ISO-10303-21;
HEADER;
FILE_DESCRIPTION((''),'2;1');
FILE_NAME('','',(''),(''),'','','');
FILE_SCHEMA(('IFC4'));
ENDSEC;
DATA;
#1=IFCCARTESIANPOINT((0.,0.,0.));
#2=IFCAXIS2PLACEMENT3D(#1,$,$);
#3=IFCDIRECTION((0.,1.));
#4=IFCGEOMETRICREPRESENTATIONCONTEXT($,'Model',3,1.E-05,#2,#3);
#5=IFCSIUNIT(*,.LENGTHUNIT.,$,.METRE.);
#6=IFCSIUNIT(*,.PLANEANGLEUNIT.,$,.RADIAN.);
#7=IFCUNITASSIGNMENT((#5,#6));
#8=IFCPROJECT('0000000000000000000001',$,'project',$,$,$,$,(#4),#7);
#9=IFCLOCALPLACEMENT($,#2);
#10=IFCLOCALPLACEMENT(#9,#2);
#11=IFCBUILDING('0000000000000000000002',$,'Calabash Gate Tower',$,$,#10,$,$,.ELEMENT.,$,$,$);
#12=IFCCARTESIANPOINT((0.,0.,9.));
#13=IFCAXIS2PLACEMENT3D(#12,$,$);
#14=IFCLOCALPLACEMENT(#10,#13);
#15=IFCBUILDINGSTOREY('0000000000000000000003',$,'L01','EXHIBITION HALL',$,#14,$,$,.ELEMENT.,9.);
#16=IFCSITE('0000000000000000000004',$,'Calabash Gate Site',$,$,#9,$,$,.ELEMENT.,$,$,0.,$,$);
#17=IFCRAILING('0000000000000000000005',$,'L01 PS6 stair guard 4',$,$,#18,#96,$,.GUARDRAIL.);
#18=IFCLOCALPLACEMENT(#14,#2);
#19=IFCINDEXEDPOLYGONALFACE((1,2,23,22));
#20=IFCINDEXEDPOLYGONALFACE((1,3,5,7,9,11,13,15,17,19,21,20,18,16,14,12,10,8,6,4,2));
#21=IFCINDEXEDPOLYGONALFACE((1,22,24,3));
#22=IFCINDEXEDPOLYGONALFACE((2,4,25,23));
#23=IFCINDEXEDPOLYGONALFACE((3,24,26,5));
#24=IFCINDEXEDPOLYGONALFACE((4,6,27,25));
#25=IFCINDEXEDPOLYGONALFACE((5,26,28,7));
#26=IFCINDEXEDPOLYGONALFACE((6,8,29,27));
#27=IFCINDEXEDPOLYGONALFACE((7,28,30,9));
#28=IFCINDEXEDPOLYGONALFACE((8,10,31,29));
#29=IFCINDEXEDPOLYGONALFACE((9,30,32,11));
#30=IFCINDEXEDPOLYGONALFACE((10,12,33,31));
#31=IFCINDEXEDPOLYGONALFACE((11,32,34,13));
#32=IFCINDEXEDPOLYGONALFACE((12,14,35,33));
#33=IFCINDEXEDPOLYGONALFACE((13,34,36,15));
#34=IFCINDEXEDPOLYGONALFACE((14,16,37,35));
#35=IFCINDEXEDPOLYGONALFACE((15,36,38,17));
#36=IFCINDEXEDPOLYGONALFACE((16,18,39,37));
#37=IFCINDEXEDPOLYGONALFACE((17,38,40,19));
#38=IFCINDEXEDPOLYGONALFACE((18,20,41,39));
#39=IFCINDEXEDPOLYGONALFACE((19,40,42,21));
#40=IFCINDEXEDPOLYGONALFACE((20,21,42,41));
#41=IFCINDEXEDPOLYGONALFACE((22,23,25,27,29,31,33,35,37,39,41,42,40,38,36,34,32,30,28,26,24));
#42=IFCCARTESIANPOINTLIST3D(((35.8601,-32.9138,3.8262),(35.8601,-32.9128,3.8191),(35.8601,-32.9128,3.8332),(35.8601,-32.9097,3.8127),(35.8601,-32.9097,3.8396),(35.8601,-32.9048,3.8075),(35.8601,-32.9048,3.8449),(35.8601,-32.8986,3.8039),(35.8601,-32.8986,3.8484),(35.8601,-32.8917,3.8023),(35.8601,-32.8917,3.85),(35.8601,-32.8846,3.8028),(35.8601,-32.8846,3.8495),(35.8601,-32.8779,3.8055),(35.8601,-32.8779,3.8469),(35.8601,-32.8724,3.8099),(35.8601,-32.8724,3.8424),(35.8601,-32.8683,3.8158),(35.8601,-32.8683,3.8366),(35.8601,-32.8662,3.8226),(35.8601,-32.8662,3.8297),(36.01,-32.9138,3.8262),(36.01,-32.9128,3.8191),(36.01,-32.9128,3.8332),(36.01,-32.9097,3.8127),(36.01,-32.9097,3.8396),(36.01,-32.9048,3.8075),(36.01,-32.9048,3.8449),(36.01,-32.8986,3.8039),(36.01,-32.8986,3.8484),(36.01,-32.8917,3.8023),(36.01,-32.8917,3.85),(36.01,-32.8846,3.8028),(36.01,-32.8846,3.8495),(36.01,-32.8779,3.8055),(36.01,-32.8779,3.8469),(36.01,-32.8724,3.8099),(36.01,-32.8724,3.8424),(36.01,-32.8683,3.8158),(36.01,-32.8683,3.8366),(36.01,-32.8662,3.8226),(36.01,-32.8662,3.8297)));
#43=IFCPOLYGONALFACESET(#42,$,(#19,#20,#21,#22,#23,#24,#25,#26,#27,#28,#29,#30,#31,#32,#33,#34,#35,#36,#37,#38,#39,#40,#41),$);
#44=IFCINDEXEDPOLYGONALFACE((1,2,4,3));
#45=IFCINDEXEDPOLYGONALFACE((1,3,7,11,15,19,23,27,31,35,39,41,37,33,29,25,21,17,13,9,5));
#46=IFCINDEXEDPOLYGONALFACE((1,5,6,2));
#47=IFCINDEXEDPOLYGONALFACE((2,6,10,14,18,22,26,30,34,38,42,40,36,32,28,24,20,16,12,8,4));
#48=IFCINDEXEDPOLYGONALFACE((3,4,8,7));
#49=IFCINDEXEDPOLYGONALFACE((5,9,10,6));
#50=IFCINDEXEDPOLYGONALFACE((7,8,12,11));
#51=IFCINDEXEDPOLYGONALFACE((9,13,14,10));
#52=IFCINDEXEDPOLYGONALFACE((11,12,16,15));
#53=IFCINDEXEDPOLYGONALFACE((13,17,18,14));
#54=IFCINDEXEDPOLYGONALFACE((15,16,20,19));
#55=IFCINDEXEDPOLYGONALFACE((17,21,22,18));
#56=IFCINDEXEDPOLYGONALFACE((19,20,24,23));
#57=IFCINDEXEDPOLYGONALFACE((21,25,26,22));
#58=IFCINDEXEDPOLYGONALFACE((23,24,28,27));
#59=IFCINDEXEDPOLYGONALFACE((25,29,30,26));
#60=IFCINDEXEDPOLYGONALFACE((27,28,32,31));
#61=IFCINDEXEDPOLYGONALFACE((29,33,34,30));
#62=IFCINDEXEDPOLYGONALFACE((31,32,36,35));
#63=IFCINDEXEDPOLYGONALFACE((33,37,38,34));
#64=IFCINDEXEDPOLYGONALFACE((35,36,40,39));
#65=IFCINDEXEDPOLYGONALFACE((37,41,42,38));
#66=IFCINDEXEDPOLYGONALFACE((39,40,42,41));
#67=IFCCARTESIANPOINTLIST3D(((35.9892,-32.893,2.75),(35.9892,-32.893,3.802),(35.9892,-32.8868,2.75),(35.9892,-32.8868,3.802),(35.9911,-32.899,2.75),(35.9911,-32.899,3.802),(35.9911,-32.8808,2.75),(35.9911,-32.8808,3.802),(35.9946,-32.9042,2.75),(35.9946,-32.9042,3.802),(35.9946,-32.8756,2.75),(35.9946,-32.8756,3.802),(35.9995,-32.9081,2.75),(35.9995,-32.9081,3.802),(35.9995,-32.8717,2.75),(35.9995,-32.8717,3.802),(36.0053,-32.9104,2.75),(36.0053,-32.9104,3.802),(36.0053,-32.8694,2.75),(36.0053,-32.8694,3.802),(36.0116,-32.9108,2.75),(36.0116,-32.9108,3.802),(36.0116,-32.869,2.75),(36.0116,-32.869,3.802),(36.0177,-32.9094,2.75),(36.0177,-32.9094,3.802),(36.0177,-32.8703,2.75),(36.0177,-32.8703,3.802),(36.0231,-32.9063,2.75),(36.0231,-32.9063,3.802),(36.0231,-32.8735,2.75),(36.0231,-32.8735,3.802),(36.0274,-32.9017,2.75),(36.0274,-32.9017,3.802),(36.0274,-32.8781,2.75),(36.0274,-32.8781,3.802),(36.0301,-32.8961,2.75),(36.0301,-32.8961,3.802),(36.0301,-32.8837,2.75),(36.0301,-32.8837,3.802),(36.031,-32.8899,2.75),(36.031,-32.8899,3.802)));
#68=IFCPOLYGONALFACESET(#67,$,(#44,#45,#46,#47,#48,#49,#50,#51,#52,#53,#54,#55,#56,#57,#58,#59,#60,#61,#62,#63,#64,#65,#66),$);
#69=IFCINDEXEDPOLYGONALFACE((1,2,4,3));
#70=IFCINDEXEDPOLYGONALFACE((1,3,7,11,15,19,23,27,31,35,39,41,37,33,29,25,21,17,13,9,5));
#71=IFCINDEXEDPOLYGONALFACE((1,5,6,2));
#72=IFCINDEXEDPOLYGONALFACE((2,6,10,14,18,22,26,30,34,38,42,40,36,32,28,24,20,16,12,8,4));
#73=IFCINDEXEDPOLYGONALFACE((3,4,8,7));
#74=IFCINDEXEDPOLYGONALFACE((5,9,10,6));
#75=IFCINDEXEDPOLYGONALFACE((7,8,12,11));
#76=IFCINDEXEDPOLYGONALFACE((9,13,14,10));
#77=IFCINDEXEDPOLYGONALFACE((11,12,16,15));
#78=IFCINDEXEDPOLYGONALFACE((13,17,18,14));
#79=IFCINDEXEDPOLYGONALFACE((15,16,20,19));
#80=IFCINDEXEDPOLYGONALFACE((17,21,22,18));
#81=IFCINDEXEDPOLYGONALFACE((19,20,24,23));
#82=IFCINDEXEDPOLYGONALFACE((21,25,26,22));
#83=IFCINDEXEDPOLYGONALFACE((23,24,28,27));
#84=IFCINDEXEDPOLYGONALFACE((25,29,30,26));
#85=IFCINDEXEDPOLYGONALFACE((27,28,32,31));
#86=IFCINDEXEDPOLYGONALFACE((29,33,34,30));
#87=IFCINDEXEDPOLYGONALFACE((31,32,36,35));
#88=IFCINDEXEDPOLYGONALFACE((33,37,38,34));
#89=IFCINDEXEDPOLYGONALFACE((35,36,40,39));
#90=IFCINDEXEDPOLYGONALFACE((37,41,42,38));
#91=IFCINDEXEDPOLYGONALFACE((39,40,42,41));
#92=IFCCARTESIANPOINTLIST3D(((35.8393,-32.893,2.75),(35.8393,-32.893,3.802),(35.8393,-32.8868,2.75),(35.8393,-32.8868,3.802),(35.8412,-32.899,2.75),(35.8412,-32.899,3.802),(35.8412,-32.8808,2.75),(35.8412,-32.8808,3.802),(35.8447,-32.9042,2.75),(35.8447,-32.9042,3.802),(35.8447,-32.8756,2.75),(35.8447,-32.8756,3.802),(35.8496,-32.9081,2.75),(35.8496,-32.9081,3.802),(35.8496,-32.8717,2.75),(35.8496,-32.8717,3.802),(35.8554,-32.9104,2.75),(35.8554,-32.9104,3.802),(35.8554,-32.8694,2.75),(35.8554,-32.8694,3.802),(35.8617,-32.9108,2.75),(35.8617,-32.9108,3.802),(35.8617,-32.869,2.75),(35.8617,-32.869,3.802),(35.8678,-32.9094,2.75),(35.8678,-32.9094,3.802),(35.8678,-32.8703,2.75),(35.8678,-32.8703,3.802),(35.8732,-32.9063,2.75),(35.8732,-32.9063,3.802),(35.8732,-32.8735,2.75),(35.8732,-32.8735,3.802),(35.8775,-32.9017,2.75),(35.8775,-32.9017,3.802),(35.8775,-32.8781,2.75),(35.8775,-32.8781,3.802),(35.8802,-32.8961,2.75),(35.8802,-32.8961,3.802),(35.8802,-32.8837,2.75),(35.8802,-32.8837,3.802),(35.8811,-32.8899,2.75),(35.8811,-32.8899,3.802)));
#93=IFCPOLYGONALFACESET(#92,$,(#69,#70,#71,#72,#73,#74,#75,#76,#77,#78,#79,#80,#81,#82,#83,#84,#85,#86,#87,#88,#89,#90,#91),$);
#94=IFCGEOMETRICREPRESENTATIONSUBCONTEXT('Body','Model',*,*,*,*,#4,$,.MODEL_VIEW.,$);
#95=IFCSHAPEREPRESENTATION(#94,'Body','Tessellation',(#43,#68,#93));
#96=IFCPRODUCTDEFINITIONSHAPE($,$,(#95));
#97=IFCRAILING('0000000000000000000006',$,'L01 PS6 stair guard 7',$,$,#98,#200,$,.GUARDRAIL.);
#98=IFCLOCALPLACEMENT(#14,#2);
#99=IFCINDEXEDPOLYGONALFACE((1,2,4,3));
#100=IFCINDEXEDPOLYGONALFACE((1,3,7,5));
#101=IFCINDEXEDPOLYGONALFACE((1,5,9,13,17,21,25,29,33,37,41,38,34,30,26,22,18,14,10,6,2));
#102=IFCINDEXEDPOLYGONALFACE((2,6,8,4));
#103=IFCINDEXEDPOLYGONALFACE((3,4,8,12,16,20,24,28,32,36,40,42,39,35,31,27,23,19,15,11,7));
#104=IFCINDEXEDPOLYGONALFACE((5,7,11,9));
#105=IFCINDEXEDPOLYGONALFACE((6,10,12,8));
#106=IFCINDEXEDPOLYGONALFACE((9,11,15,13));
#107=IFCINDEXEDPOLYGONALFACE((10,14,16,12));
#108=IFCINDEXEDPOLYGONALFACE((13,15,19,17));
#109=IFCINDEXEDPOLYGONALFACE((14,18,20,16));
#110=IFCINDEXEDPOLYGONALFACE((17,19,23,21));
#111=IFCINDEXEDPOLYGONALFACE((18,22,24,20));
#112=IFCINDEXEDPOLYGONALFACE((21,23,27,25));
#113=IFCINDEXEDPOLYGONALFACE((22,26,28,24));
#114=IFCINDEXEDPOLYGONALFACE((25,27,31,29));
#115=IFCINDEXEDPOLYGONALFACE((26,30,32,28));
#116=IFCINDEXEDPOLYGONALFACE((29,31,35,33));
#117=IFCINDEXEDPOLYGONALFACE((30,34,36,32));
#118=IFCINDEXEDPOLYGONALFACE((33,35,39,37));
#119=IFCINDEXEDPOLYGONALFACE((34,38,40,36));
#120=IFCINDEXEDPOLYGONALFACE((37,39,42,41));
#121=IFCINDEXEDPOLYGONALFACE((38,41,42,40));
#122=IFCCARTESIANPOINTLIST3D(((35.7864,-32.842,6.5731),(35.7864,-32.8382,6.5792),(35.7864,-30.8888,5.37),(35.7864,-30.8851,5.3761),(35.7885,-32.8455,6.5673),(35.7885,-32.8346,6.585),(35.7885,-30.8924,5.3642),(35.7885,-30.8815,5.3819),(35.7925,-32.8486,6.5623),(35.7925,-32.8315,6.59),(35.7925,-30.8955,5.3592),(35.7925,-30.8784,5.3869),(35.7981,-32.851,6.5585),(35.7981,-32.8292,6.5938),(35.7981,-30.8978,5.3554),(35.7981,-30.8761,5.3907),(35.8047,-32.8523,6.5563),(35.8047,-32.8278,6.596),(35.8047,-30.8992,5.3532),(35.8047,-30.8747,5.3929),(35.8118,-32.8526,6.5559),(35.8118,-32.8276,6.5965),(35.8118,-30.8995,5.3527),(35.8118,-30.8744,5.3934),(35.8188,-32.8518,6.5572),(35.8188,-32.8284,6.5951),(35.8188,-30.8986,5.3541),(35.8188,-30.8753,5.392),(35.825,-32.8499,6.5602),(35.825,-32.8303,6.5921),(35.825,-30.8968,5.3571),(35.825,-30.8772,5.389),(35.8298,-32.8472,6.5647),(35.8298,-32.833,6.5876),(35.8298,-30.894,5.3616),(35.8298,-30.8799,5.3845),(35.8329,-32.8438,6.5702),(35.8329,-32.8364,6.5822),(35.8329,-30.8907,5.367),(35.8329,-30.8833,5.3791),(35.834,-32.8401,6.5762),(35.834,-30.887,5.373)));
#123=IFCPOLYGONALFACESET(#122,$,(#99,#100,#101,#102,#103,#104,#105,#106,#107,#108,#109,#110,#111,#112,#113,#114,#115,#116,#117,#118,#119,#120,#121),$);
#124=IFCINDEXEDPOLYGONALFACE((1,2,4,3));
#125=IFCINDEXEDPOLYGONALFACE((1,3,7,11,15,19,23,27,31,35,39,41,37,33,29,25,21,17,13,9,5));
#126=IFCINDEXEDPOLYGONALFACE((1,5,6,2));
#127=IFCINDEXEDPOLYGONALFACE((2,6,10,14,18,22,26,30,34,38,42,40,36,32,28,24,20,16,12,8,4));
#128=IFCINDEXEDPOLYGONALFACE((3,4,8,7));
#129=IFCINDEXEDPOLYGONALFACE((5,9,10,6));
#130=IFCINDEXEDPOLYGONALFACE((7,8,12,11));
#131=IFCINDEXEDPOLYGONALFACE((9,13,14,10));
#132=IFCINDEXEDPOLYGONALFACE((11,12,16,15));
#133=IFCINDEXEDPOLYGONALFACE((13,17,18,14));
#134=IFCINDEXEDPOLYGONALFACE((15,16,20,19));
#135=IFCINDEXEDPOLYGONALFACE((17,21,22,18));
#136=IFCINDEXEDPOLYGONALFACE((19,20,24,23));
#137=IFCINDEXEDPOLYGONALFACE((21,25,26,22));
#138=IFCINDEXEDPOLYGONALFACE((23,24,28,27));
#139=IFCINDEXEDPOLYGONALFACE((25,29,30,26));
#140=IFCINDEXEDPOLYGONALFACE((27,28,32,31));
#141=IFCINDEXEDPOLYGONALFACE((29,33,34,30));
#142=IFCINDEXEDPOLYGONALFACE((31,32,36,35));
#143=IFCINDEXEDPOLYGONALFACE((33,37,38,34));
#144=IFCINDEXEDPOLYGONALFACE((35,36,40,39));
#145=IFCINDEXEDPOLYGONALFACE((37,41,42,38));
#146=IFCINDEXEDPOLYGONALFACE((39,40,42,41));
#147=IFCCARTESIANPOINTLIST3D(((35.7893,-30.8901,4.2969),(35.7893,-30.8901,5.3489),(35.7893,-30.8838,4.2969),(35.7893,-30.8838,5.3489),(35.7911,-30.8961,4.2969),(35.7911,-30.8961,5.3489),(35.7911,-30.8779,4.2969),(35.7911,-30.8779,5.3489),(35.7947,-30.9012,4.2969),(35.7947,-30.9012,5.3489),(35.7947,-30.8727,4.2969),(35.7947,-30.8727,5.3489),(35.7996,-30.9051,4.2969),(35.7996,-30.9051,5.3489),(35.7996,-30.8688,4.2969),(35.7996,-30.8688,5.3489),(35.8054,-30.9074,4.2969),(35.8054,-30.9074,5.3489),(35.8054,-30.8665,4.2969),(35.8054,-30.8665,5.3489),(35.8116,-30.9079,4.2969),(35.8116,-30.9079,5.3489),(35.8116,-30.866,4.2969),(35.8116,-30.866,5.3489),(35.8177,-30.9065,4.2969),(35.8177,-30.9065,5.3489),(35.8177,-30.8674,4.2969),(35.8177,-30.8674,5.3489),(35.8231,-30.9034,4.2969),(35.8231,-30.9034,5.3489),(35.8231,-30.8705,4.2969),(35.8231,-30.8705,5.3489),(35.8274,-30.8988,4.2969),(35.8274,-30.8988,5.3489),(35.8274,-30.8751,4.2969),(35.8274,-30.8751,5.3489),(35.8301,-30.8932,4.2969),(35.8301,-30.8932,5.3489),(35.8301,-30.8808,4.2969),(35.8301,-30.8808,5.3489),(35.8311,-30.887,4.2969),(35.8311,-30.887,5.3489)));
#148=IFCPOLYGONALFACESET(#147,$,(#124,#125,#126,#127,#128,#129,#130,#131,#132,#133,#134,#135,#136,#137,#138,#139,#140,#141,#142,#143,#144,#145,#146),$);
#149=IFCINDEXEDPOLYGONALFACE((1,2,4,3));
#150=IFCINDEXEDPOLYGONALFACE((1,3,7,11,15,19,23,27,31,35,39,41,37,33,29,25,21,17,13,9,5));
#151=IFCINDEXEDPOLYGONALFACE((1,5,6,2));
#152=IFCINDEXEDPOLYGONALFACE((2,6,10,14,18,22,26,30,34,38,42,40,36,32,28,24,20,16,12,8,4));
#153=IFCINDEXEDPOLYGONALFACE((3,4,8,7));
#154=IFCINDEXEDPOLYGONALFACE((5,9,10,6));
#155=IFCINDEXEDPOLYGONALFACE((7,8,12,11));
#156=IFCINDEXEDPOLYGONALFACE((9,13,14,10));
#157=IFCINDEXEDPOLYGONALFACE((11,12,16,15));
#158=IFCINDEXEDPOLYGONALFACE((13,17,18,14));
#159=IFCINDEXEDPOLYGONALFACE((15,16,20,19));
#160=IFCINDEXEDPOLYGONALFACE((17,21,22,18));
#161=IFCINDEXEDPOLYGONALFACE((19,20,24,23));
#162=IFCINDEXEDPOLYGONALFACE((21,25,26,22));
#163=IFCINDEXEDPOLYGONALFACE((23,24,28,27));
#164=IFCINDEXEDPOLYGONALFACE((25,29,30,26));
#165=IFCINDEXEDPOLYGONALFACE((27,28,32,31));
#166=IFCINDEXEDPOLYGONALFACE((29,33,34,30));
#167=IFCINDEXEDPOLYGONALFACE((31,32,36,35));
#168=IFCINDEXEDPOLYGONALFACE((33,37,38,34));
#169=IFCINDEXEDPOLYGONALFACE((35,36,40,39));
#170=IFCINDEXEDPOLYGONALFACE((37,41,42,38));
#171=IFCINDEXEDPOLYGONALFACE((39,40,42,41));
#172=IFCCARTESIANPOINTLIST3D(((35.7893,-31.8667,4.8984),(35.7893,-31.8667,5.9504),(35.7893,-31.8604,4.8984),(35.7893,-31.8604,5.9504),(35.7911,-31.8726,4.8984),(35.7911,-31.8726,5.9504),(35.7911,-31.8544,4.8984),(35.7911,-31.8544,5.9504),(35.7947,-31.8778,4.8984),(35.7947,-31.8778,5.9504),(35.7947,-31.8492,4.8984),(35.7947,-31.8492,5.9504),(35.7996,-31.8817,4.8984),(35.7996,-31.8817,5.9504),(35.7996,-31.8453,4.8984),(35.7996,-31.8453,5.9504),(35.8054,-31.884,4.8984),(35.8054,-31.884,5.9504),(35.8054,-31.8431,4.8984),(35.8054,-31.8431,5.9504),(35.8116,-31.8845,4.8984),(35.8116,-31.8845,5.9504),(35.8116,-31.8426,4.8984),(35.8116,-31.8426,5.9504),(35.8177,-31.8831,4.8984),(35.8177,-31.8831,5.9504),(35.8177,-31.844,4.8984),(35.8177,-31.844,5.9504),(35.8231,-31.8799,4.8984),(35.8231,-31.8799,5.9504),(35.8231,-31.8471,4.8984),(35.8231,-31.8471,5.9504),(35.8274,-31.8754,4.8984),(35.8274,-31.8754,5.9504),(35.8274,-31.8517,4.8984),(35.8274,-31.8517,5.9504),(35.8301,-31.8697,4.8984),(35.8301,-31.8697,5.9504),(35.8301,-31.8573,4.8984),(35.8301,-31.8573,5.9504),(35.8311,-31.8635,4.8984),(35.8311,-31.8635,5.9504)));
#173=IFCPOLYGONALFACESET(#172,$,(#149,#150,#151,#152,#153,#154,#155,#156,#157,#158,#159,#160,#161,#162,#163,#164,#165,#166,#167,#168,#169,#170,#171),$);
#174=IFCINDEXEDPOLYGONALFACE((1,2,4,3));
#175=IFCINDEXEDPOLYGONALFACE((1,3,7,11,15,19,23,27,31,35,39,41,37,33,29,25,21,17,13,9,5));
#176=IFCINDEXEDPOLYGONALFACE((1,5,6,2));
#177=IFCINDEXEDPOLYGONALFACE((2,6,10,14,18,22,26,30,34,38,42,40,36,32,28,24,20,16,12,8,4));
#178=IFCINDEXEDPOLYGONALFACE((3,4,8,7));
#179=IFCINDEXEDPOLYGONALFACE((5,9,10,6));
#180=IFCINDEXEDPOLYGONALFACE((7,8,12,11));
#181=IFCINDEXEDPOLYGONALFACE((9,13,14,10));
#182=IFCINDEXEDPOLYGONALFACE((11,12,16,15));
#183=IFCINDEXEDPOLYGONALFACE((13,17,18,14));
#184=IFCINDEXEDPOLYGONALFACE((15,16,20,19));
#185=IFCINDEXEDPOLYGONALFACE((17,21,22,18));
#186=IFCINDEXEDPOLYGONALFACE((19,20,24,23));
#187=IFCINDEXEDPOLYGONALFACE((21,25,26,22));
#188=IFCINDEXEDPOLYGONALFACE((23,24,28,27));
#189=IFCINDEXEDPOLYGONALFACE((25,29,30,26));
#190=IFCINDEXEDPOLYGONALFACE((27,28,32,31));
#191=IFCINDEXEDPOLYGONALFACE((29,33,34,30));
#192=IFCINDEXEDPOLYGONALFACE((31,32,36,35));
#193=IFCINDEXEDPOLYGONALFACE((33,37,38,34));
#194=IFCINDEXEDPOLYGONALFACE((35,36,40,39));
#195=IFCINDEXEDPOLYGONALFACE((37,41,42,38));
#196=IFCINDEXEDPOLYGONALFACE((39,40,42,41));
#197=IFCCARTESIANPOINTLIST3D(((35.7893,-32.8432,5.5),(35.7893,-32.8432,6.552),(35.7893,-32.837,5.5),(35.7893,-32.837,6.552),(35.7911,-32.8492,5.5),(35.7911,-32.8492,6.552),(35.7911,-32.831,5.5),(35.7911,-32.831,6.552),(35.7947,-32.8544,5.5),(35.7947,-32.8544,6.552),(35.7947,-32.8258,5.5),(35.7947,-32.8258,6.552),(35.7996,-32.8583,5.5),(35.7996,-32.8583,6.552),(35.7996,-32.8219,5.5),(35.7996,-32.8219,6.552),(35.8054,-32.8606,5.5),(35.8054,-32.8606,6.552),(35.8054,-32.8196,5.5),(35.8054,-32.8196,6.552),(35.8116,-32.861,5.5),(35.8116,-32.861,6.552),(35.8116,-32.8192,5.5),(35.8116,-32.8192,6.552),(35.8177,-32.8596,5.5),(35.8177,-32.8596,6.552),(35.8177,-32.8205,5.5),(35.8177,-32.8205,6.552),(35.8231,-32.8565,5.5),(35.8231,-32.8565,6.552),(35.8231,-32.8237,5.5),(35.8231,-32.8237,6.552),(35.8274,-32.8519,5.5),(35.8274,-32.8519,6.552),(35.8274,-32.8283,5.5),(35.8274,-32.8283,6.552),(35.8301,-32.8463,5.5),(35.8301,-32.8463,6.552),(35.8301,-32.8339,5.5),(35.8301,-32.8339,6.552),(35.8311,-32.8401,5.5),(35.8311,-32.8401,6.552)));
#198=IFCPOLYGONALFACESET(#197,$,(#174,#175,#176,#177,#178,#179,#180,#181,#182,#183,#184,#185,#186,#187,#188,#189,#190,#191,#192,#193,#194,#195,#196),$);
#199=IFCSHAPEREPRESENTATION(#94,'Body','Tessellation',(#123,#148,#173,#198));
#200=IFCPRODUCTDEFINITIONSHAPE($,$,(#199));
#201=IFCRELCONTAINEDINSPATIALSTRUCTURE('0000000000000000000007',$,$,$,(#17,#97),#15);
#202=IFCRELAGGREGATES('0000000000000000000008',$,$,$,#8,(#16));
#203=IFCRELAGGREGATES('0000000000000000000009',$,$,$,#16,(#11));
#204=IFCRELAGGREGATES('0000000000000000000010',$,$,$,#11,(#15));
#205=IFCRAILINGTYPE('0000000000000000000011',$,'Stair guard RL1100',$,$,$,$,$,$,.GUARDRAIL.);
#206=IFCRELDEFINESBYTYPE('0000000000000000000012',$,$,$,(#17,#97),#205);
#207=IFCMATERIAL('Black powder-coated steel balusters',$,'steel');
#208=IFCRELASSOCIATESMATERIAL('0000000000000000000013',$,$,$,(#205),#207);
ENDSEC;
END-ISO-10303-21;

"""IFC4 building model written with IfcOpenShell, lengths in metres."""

from ifc_helpers import new_model, si_unit, direction, frame, origin, origin_2d, place, context, subcontext, project, spatial, circle, extrude, material, type_object, element, save


model = new_model("IFC4")

# Units and contexts
model_context = context("Model", 3, precision=1e-05, world=origin(), true_north=direction((0.0, 1.0)))
body_context = subcontext(model_context, "Body", "Model", "MODEL_VIEW")
ifc_project = project(units=[si_unit("LENGTHUNIT", "METRE"), si_unit("PLANEANGLEUNIT", "RADIAN")], contexts=[model_context])

# Site, building, storey
site_placement = place(None, origin())
site = spatial("IfcSite", under=ifc_project, at=site_placement, Name="Calabash Gate Site", CompositionType="ELEMENT", RefElevation=0.0)
building_placement = place(site_placement, origin())
building = spatial("IfcBuilding", under=site, at=building_placement, Name="Calabash Gate Tower", CompositionType="ELEMENT")
storey_placement = place(building_placement, frame((0.0, 0.0, 9.0)))
storey = spatial("IfcBuildingStorey", under=building, at=storey_placement, Name="L01", Description="EXHIBITION HALL", CompositionType="ELEMENT", Elevation=9.0)

# Railings
ifc_material_1 = material(Name="Black powder-coated steel balusters", Category="steel")
railing_type_1 = type_object("IfcRailingType", Name="Stair guard RL1100", PredefinedType="GUARDRAIL", material=ifc_material_1)
railing_1_placement = place(storey_placement, frame((36.01, -32.8899, 2.75)))
element("IfcRailing", 1, at=railing_1_placement, inside=storey, type_object=railing_type_1, Name="L01 PS6 stair guard 4", PredefinedType="GUARDRAIL", context=body_context, shape_type="SweptSolid", body=[
    extrude(circle(Radius=0.0239, at=origin_2d()), frame((0.0, 0.0, 1.0762), z_axis=(-1.0, 0.0, 0.0), x_axis=(0.0, -1.0, 0.0)), (0.0, 0.0, 1.0), 0.1499),
    extrude(circle(Radius=0.021, at=origin_2d()), origin(), (0.0, 0.0, 1.0), 1.052),
    extrude(circle(Radius=0.021, at=origin_2d()), frame((-0.1499, 0.0, 0.0)), (0.0, 0.0, 1.0), 1.052),
])
railing_2_placement = place(storey_placement, frame((35.8101, -30.887, 4.2969)))
element("IfcRailing", 2, at=railing_2_placement, inside=storey, type_object=railing_type_1, Name="L01 PS6 stair guard 7", PredefinedType="GUARDRAIL", context=body_context, shape_type="SweptSolid", body=[
    extrude(circle(Radius=0.0239, at=origin_2d()), frame((0.0, 0.0, 1.0762), z_axis=(0.0, -0.851424, 0.524477), x_axis=(1.0, 0.0, 0.0)), (0.0, 0.0, 1.0), 2.2939),
    extrude(circle(Radius=0.021, at=origin_2d()), origin(), (0.0, 0.0, 1.0), 1.052),
    extrude(circle(Radius=0.021, at=origin_2d()), frame((0.0, -0.9766, 0.6016)), (0.0, 0.0, 1.0), 1.052),
    extrude(circle(Radius=0.021, at=origin_2d()), frame((0.0, -1.9531, 1.2031)), (0.0, 0.0, 1.0), 1.052),
])

save(model, "model.ifc")
